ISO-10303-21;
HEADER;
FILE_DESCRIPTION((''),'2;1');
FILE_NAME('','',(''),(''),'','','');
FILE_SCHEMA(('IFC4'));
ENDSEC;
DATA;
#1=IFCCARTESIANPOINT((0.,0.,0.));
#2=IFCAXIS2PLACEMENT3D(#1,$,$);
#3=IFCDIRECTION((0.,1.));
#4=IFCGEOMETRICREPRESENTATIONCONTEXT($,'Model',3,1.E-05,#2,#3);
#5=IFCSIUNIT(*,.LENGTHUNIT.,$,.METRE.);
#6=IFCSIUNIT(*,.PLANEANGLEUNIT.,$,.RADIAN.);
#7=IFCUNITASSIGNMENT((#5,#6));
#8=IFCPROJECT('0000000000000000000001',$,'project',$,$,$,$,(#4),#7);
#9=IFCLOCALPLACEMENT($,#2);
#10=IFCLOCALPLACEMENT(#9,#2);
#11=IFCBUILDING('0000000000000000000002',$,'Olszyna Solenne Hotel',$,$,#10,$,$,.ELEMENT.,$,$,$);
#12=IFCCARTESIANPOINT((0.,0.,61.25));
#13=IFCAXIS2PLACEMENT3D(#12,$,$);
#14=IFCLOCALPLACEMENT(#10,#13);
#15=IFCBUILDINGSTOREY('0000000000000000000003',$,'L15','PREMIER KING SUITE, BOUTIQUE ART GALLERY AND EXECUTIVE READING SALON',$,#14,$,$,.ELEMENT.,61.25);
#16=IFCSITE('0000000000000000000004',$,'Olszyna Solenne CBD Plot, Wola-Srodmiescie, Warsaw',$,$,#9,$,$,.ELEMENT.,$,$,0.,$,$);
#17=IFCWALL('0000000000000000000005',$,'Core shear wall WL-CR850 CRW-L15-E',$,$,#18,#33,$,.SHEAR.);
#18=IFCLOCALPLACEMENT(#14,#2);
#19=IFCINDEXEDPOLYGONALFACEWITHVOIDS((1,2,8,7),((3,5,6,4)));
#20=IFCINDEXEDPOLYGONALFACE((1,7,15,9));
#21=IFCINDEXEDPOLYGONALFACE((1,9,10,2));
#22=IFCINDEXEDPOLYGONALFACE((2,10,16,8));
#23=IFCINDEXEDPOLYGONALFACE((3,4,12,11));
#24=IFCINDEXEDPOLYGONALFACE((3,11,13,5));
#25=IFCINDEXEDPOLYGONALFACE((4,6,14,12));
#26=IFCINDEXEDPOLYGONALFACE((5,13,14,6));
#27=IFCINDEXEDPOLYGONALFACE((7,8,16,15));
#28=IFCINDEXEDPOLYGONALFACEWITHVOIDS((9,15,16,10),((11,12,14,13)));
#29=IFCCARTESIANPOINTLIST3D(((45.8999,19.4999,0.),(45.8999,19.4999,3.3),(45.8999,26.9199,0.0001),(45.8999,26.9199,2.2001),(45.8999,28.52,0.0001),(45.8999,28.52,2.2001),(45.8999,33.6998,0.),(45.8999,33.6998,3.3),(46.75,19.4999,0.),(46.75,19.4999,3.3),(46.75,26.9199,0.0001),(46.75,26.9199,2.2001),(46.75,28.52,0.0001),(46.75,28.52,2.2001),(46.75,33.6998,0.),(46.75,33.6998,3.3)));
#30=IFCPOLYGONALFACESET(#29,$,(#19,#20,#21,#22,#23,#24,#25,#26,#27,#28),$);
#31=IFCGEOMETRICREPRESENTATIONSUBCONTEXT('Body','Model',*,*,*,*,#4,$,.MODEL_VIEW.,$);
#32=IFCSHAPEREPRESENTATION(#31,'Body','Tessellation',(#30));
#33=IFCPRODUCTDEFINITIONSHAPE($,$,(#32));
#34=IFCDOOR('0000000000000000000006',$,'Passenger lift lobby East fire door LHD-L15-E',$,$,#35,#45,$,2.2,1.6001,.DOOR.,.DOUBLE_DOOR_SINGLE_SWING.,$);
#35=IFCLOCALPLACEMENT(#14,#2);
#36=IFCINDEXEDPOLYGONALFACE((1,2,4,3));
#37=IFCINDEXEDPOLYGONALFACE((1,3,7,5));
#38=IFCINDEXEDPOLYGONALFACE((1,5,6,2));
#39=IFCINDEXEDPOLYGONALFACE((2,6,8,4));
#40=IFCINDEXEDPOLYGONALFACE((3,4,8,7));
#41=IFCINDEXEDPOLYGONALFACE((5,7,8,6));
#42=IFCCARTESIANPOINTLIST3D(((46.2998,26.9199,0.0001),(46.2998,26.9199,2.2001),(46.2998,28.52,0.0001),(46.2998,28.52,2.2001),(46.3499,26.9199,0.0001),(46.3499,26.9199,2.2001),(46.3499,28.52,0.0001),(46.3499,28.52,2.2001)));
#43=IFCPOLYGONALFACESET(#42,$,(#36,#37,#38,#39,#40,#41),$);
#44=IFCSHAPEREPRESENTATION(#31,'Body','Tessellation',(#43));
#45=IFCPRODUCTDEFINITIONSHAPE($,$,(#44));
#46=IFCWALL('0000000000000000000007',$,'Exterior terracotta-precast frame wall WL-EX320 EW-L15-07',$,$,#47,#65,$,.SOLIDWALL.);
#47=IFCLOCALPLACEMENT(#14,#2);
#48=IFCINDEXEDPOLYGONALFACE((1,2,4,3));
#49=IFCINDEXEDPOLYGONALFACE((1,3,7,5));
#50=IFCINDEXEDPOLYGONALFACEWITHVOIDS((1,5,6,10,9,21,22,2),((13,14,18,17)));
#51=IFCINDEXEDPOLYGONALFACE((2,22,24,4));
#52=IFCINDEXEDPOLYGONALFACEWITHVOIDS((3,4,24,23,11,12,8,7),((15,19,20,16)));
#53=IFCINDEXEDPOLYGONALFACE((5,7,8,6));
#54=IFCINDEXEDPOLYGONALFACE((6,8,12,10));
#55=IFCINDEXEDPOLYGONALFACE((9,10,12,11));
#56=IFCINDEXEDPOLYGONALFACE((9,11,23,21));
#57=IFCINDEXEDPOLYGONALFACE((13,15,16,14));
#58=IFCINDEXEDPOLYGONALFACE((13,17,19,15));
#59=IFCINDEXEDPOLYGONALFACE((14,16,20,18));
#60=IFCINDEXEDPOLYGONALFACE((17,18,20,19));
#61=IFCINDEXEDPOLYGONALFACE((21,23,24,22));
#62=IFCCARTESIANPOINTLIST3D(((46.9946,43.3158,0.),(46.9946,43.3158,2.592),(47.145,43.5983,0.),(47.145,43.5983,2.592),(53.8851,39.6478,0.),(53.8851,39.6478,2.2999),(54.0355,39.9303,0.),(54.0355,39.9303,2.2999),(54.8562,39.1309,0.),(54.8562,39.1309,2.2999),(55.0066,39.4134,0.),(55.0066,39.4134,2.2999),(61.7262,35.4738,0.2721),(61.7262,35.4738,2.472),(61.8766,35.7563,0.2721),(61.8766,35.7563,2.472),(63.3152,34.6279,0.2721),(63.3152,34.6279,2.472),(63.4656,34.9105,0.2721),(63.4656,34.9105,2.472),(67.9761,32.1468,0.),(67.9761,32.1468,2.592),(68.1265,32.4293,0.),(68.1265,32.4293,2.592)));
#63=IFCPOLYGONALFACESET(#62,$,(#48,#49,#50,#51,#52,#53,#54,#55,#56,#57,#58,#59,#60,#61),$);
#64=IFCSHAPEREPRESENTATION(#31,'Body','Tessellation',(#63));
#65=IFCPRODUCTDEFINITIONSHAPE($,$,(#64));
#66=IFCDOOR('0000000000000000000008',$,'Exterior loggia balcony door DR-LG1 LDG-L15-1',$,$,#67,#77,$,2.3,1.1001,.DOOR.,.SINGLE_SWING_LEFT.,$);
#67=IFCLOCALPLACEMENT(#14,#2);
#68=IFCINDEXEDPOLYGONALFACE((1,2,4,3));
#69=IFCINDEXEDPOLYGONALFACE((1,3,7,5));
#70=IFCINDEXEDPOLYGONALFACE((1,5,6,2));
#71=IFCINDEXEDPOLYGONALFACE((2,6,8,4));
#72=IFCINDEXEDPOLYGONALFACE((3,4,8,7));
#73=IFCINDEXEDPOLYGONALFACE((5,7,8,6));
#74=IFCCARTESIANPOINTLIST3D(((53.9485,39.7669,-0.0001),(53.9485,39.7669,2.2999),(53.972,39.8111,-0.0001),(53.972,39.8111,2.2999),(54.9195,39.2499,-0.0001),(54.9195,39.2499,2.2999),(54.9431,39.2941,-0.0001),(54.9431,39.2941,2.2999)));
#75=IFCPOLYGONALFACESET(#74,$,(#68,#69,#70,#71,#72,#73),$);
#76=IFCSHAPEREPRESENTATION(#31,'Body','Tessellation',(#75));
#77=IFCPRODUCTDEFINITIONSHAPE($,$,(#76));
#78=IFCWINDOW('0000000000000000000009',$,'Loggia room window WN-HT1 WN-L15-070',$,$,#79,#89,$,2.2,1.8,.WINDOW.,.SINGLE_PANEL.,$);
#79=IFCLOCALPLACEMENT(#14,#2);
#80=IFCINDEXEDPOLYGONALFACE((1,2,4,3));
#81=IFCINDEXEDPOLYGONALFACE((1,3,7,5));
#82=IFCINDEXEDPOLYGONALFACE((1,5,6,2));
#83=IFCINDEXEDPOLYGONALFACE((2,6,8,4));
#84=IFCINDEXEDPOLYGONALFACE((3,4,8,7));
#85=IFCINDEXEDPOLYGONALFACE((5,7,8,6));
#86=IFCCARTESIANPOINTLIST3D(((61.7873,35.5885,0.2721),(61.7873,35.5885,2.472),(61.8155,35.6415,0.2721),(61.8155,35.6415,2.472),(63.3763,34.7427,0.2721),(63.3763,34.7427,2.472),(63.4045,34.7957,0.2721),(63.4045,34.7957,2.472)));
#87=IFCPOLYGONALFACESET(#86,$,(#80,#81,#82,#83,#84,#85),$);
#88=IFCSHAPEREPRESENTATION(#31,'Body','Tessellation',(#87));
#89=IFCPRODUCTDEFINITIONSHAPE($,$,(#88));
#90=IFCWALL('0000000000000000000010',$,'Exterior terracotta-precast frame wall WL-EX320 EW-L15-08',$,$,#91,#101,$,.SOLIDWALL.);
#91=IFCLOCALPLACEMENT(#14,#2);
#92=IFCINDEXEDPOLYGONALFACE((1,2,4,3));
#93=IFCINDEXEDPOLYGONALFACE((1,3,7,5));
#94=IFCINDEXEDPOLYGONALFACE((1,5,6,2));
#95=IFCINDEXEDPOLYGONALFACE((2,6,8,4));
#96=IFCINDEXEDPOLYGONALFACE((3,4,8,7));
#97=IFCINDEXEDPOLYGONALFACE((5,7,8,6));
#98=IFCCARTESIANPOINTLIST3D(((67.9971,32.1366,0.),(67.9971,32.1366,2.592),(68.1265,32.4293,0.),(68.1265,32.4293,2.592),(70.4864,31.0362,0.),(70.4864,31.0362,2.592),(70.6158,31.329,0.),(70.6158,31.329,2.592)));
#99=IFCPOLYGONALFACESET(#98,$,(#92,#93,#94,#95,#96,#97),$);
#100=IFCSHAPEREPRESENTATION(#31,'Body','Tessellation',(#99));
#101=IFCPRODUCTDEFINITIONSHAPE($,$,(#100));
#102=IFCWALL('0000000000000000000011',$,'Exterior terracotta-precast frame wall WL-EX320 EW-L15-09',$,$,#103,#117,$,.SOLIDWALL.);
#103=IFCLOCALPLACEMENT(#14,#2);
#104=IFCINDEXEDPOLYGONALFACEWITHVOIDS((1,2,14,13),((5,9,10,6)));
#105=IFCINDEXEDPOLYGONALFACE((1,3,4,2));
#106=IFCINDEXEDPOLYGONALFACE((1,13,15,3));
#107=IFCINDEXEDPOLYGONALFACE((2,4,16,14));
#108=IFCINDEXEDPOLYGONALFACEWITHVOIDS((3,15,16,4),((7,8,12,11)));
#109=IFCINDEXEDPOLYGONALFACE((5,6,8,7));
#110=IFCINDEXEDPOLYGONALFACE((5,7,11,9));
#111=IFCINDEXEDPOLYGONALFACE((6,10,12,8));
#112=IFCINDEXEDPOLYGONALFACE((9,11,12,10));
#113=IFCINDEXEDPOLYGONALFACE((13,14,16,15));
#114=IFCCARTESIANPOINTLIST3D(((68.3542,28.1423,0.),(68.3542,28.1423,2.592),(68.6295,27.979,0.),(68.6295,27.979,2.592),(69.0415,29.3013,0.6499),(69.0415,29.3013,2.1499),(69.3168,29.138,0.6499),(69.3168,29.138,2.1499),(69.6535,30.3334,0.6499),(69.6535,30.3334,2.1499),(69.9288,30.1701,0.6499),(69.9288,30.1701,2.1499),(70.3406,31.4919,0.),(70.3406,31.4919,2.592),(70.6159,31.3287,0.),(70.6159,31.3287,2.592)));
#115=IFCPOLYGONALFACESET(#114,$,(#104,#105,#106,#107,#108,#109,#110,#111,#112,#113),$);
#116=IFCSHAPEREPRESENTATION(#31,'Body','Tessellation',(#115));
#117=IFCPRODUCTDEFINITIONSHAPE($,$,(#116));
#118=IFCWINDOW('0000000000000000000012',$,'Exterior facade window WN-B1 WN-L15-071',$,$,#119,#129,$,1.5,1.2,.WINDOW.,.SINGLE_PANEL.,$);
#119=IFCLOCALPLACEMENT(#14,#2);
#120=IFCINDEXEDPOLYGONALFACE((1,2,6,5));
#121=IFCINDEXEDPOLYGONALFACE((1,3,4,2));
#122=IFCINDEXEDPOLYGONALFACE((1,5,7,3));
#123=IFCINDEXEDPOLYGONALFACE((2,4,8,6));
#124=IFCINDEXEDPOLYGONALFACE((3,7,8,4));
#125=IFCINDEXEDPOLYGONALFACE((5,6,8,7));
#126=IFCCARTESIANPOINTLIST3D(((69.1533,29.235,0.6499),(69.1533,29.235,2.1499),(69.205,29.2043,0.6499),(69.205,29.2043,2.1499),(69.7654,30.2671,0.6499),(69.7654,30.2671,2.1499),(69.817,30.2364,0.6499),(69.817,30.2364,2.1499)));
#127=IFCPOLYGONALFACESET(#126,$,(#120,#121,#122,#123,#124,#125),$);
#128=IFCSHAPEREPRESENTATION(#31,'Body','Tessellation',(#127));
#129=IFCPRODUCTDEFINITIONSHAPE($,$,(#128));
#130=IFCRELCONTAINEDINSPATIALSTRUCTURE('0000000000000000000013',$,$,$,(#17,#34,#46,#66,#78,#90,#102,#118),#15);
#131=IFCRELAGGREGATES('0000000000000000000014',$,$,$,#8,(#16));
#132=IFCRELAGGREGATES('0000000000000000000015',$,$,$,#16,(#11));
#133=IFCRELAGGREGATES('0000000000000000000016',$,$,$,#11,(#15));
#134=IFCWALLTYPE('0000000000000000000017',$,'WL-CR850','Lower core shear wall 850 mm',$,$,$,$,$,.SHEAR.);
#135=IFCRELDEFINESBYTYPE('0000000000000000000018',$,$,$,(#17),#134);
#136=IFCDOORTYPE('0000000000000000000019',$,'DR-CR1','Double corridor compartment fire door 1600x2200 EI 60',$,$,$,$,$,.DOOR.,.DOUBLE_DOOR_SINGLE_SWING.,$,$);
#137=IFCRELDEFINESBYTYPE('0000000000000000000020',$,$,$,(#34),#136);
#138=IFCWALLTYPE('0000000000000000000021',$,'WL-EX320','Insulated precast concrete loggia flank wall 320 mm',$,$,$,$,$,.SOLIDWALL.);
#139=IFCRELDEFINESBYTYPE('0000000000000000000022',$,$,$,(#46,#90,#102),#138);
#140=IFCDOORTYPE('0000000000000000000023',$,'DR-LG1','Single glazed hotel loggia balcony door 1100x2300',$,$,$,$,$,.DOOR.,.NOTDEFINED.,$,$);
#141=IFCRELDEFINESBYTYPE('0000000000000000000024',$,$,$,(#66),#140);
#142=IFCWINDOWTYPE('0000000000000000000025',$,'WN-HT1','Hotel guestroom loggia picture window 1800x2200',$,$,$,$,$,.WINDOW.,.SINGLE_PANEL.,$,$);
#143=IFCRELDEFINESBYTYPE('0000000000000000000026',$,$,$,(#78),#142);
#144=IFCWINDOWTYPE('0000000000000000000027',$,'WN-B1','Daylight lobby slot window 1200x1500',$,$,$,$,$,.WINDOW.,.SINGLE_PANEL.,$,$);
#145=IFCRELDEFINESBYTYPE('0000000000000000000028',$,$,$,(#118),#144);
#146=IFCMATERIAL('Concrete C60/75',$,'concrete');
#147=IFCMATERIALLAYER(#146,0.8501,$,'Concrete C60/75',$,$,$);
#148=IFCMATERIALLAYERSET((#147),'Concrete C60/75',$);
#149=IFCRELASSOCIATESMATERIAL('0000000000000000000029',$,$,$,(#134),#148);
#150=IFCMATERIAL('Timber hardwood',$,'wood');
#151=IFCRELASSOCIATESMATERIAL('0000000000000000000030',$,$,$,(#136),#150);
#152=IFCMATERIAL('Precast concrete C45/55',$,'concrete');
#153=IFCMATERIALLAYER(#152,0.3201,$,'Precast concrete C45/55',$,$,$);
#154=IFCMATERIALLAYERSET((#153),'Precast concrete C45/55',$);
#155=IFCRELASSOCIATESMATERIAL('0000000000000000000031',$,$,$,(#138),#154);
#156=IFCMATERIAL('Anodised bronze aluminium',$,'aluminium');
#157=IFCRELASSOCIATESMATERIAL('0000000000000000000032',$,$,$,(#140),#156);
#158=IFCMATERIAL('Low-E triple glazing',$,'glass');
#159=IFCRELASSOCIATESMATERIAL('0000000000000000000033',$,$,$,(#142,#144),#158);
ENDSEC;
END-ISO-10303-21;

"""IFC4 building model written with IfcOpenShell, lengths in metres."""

from ifc_helpers import new_model, si_unit, direction, frame, frame_2d, origin, place, context, subcontext, project, spatial, rectangle, extrude, source, transform, mapped, material, layer, layer_set, type_object, type_shapes, element, fill, save


model = new_model("IFC4")

# Units and contexts
model_context = context("Model", 3, precision=1e-05, world=origin(), true_north=direction((0.0, 1.0)))
body_context = subcontext(model_context, "Body", "Model", "MODEL_VIEW")
ifc_project = project(units=[si_unit("LENGTHUNIT", "METRE"), si_unit("PLANEANGLEUNIT", "RADIAN")], contexts=[model_context])

# Site, building, storey
site_placement = place(None, origin())
site = spatial("IfcSite", under=ifc_project, at=site_placement, Name="Olszyna Solenne CBD Plot, Wola-Srodmiescie, Warsaw", CompositionType="ELEMENT", RefElevation=0.0)
building_placement = place(site_placement, origin())
building = spatial("IfcBuilding", under=site, at=building_placement, Name="Olszyna Solenne Hotel", CompositionType="ELEMENT")
storey_placement = place(building_placement, frame((0.0, 0.0, 61.25)))
storey = spatial("IfcBuildingStorey", under=building, at=storey_placement, Name="L15", Description="PREMIER KING SUITE, BOUTIQUE ART GALLERY AND EXECUTIVE READING SALON", CompositionType="ELEMENT", Elevation=61.25)

# Shared definitions
ifc_material_1 = material(Name="Anodised bronze aluminium", Category="aluminium")

# Shared definitions
ifc_material_2 = material(Name="Low-E triple glazing", Category="glass")

# Wall, opening, door
ifc_material_3 = material(Name="Concrete C60/75", Category="concrete")
ifc_layer_1 = layer(ifc_material_3, 0.8501, Name="Concrete C60/75")
ifc_layer_set_1 = layer_set([ifc_layer_1], Name="Concrete C60/75")
wall_type_1 = type_object("IfcWallType", Name="WL-CR850", Description="Lower core shear wall 850 mm", PredefinedType="SHEAR", material=ifc_layer_set_1)
wall_1_placement = place(storey_placement, frame((46.325, 33.7, 0.0), z_axis=(0.0, 0.0, 1.0), x_axis=(0.0, -1.0, 0.0)))
wall_1 = element("IfcWall", 1, at=wall_1_placement, inside=storey, type_object=wall_type_1, Name="Core shear wall WL-CR850 CRW-L15-E", PredefinedType="SHEAR", context=body_context, shape_type="SweptSolid", body=[
    extrude(rectangle(XDim=14.2, YDim=0.8501, at=frame_2d((7.1001, 0.0))), origin(), (0.0, 0.0, 1.0), 3.3),
])
opening_1_placement = place(wall_1_placement, frame((5.1799, 0.0, 0.0)))
opening_1 = element("IfcOpeningElement", 2, at=opening_1_placement, cuts=wall_1, PredefinedType="OPENING", context=body_context, shape_type="SweptSolid", body=[
    extrude(rectangle(XDim=1.6001, YDim=2.2, at=frame_2d((0.8, 1.1001))), frame((0.0, 0.4351, 0.0), z_axis=(0.0, -1.0, 0.0), x_axis=(1.0, 0.0, 0.0)), (0.0, 0.0, 1.0), 0.8701),
])
ifc_material_4 = material(Name="Timber hardwood", Category="wood")
door_type_1 = type_object("IfcDoorType", Name="DR-CR1", Description="Double corridor compartment fire door 1600x2200 EI 60", OperationType="DOUBLE_DOOR_SINGLE_SWING", PredefinedType="DOOR", material=ifc_material_4)
shared_shape_1 = source(origin(), body_context, "Body", "SweptSolid", [
    extrude(rectangle(XDim=1.6001, YDim=2.2, at=frame_2d((0.8, 1.1001))), frame((0.0, 0.0249, 0.0), z_axis=(0.0, -1.0, 0.0), x_axis=(1.0, 0.0, 0.0)), (0.0, 0.0, 1.0), 0.05),
])
type_shapes(door_type_1, [shared_shape_1])
door_1_placement = place(opening_1_placement, origin())
door_1 = element("IfcDoor", 3, at=door_1_placement, inside=storey, type_object=door_type_1, Name="Passenger lift lobby East fire door LHD-L15-E", OperationType="DOUBLE_DOOR_SINGLE_SWING", OverallHeight=2.2, OverallWidth=1.6001, PredefinedType="DOOR", context=body_context, shape_type="MappedRepresentation", body=[
    mapped(shared_shape_1, transform((0.0, 0.0, 0.0), x_axis=(1.0, 0.0, 0.0), y_axis=(0.0, 1.0, 0.0), z_axis=(0.0, 0.0, 1.0), scale=1.0)),
])
fill(opening_1, door_1)

# Wall, openings, door, window
ifc_material_5 = material(Name="Precast concrete C45/55", Category="concrete")
ifc_layer_2 = layer(ifc_material_5, 0.3201, Name="Precast concrete C45/55")
ifc_layer_set_2 = layer_set([ifc_layer_2], Name="Precast concrete C45/55")
wall_type_2 = type_object("IfcWallType", Name="WL-EX320", Description="Insulated precast concrete loggia flank wall 320 mm", PredefinedType="SOLIDWALL", material=ifc_layer_set_2)
wall_2_placement = place(storey_placement, frame((47.0698, 43.457, 0.0), z_axis=(0.0, 0.0, 1.0), x_axis=(0.882722, -0.469895, 0.0)))
wall_2 = element("IfcWall", 4, at=wall_2_placement, inside=storey, type_object=wall_type_2, Name="Exterior terracotta-precast frame wall WL-EX320 EW-L15-07", PredefinedType="SOLIDWALL", context=body_context, shape_type="SweptSolid", body=[
    extrude(rectangle(XDim=23.769, YDim=0.3201, at=frame_2d((11.8845, 0.0))), origin(), (0.0, 0.0, 1.0), 2.592),
])
opening_2_placement = place(wall_2_placement, frame((7.8059, 0.0, 0.0)))
opening_2 = element("IfcOpeningElement", 5, at=opening_2_placement, cuts=wall_2, PredefinedType="OPENING", context=body_context, shape_type="SweptSolid", body=[
    extrude(rectangle(XDim=1.1001, YDim=2.3, at=frame_2d((0.55, 1.1499))), frame((0.0, 0.1699, 0.0), z_axis=(0.0, -1.0, 0.0), x_axis=(1.0, 0.0, 0.0)), (0.0, 0.0, 1.0), 0.3401),
])
opening_3_placement = place(wall_2_placement, frame((16.689, 0.0, 0.272)))
opening_3 = element("IfcOpeningElement", 6, at=opening_3_placement, cuts=wall_2, PredefinedType="OPENING", context=body_context, shape_type="SweptSolid", body=[
    extrude(rectangle(XDim=1.8, YDim=2.2, at=frame_2d((0.8999, 1.1001))), frame((0.0, 0.1699, 0.0), z_axis=(0.0, -1.0, 0.0), x_axis=(1.0, 0.0, 0.0)), (0.0, 0.0, 1.0), 0.3401),
])
door_type_2 = type_object("IfcDoorType", Name="DR-LG1", Description="Single glazed hotel loggia balcony door 1100x2300", OperationType="NOTDEFINED", PredefinedType="DOOR", material=ifc_material_1)
shared_shape_2 = source(origin(), body_context, "Body", "SweptSolid", [
    extrude(rectangle(XDim=1.1001, YDim=2.3, at=frame_2d((0.55, 1.1499))), frame((0.0, 0.0249, 0.0), z_axis=(0.0, -1.0, 0.0), x_axis=(1.0, 0.0, 0.0)), (0.0, 0.0, 1.0), 0.05),
])
type_shapes(door_type_2, [shared_shape_2])
door_2_placement = place(opening_2_placement, origin())
door_2 = element("IfcDoor", 7, at=door_2_placement, inside=storey, type_object=door_type_2, Name="Exterior loggia balcony door DR-LG1 LDG-L15-1", OperationType="SINGLE_SWING_LEFT", OverallHeight=2.3, OverallWidth=1.1001, PredefinedType="DOOR", context=body_context, shape_type="MappedRepresentation", body=[
    mapped(shared_shape_2, transform((0.0, 0.0, 0.0), x_axis=(1.0, 0.0, 0.0), y_axis=(0.0, 1.0, 0.0), z_axis=(0.0, 0.0, 1.0), scale=1.0)),
])
fill(opening_2, door_2)
window_type_1 = type_object("IfcWindowType", Name="WN-HT1", Description="Hotel guestroom loggia picture window 1800x2200", PartitioningType="SINGLE_PANEL", PredefinedType="WINDOW", material=ifc_material_2)
shared_shape_3 = source(origin(), body_context, "Body", "SweptSolid", [
    extrude(rectangle(XDim=1.8, YDim=2.2, at=frame_2d((0.8999, 1.1001))), frame((0.0, 0.03, 0.0), z_axis=(0.0, -1.0, 0.0), x_axis=(1.0, 0.0, 0.0)), (0.0, 0.0, 1.0), 0.0601),
])
type_shapes(window_type_1, [shared_shape_3])
window_1_placement = place(opening_3_placement, origin())
window_1 = element("IfcWindow", 8, at=window_1_placement, inside=storey, type_object=window_type_1, Name="Loggia room window WN-HT1 WN-L15-070", OverallHeight=2.2, OverallWidth=1.8, PartitioningType="SINGLE_PANEL", PredefinedType="WINDOW", context=body_context, shape_type="MappedRepresentation", body=[
    mapped(shared_shape_3, transform((0.0, 0.0, 0.0), x_axis=(1.0, 0.0, 0.0), y_axis=(0.0, 1.0, 0.0), z_axis=(0.0, 0.0, 1.0), scale=1.0)),
])
fill(opening_3, window_1)

# Wall
wall_3_placement = place(storey_placement, frame((68.0618, 32.283, 0.0), z_axis=(0.0, 0.0, 1.0), x_axis=(0.914627, -0.404298, 0.0)))
element("IfcWall", 9, at=wall_3_placement, inside=storey, type_object=wall_type_2, Name="Exterior terracotta-precast frame wall WL-EX320 EW-L15-08", PredefinedType="SOLIDWALL", context=body_context, shape_type="SweptSolid", body=[
    extrude(rectangle(XDim=2.7217, YDim=0.3201, at=frame_2d((1.3608, 0.0))), origin(), (0.0, 0.0, 1.0), 2.592),
])

# Wall, opening, window
wall_4_placement = place(storey_placement, frame((70.4783, 31.4104, 0.0), z_axis=(0.0, 0.0, 1.0), x_axis=(-0.510064, -0.860137, 0.0)))
wall_4 = element("IfcWall", 10, at=wall_4_placement, inside=storey, type_object=wall_type_2, Name="Exterior terracotta-precast frame wall WL-EX320 EW-L15-09", PredefinedType="SOLIDWALL", context=body_context, shape_type="SweptSolid", body=[
    extrude(rectangle(XDim=3.8943, YDim=0.3201, at=frame_2d((1.9473, 0.0))), origin(), (0.0, 0.0, 1.0), 2.592),
])
opening_4_placement = place(wall_4_placement, frame((1.3469, 0.0, 0.6499)))
opening_4 = element("IfcOpeningElement", 11, at=opening_4_placement, cuts=wall_4, PredefinedType="OPENING", context=body_context, shape_type="SweptSolid", body=[
    extrude(rectangle(XDim=1.2, YDim=1.5, at=frame_2d((0.6001, 0.75))), frame((0.0, 0.1699, 0.0), z_axis=(0.0, -1.0, 0.0), x_axis=(1.0, 0.0, 0.0)), (0.0, 0.0, 1.0), 0.3401),
])
window_type_2 = type_object("IfcWindowType", Name="WN-B1", Description="Daylight lobby slot window 1200x1500", PartitioningType="SINGLE_PANEL", PredefinedType="WINDOW", material=ifc_material_2)
shared_shape_4 = source(origin(), body_context, "Body", "SweptSolid", [
    extrude(rectangle(XDim=1.2, YDim=1.5, at=frame_2d((0.6001, 0.75))), frame((0.0, 0.03, 0.0), z_axis=(0.0, -1.0, 0.0), x_axis=(1.0, 0.0, 0.0)), (0.0, 0.0, 1.0), 0.0601),
])
type_shapes(window_type_2, [shared_shape_4])
window_2_placement = place(opening_4_placement, origin())
window_2 = element("IfcWindow", 12, at=window_2_placement, inside=storey, type_object=window_type_2, Name="Exterior facade window WN-B1 WN-L15-071", OverallHeight=1.5, OverallWidth=1.2, PartitioningType="SINGLE_PANEL", PredefinedType="WINDOW", context=body_context, shape_type="MappedRepresentation", body=[
    mapped(shared_shape_4, transform((0.0, 0.0, 0.0), x_axis=(1.0, 0.0, 0.0), y_axis=(0.0, 1.0, 0.0), z_axis=(0.0, 0.0, 1.0), scale=1.0)),
])
fill(opening_4, window_2)

save(model, "model.ifc")
